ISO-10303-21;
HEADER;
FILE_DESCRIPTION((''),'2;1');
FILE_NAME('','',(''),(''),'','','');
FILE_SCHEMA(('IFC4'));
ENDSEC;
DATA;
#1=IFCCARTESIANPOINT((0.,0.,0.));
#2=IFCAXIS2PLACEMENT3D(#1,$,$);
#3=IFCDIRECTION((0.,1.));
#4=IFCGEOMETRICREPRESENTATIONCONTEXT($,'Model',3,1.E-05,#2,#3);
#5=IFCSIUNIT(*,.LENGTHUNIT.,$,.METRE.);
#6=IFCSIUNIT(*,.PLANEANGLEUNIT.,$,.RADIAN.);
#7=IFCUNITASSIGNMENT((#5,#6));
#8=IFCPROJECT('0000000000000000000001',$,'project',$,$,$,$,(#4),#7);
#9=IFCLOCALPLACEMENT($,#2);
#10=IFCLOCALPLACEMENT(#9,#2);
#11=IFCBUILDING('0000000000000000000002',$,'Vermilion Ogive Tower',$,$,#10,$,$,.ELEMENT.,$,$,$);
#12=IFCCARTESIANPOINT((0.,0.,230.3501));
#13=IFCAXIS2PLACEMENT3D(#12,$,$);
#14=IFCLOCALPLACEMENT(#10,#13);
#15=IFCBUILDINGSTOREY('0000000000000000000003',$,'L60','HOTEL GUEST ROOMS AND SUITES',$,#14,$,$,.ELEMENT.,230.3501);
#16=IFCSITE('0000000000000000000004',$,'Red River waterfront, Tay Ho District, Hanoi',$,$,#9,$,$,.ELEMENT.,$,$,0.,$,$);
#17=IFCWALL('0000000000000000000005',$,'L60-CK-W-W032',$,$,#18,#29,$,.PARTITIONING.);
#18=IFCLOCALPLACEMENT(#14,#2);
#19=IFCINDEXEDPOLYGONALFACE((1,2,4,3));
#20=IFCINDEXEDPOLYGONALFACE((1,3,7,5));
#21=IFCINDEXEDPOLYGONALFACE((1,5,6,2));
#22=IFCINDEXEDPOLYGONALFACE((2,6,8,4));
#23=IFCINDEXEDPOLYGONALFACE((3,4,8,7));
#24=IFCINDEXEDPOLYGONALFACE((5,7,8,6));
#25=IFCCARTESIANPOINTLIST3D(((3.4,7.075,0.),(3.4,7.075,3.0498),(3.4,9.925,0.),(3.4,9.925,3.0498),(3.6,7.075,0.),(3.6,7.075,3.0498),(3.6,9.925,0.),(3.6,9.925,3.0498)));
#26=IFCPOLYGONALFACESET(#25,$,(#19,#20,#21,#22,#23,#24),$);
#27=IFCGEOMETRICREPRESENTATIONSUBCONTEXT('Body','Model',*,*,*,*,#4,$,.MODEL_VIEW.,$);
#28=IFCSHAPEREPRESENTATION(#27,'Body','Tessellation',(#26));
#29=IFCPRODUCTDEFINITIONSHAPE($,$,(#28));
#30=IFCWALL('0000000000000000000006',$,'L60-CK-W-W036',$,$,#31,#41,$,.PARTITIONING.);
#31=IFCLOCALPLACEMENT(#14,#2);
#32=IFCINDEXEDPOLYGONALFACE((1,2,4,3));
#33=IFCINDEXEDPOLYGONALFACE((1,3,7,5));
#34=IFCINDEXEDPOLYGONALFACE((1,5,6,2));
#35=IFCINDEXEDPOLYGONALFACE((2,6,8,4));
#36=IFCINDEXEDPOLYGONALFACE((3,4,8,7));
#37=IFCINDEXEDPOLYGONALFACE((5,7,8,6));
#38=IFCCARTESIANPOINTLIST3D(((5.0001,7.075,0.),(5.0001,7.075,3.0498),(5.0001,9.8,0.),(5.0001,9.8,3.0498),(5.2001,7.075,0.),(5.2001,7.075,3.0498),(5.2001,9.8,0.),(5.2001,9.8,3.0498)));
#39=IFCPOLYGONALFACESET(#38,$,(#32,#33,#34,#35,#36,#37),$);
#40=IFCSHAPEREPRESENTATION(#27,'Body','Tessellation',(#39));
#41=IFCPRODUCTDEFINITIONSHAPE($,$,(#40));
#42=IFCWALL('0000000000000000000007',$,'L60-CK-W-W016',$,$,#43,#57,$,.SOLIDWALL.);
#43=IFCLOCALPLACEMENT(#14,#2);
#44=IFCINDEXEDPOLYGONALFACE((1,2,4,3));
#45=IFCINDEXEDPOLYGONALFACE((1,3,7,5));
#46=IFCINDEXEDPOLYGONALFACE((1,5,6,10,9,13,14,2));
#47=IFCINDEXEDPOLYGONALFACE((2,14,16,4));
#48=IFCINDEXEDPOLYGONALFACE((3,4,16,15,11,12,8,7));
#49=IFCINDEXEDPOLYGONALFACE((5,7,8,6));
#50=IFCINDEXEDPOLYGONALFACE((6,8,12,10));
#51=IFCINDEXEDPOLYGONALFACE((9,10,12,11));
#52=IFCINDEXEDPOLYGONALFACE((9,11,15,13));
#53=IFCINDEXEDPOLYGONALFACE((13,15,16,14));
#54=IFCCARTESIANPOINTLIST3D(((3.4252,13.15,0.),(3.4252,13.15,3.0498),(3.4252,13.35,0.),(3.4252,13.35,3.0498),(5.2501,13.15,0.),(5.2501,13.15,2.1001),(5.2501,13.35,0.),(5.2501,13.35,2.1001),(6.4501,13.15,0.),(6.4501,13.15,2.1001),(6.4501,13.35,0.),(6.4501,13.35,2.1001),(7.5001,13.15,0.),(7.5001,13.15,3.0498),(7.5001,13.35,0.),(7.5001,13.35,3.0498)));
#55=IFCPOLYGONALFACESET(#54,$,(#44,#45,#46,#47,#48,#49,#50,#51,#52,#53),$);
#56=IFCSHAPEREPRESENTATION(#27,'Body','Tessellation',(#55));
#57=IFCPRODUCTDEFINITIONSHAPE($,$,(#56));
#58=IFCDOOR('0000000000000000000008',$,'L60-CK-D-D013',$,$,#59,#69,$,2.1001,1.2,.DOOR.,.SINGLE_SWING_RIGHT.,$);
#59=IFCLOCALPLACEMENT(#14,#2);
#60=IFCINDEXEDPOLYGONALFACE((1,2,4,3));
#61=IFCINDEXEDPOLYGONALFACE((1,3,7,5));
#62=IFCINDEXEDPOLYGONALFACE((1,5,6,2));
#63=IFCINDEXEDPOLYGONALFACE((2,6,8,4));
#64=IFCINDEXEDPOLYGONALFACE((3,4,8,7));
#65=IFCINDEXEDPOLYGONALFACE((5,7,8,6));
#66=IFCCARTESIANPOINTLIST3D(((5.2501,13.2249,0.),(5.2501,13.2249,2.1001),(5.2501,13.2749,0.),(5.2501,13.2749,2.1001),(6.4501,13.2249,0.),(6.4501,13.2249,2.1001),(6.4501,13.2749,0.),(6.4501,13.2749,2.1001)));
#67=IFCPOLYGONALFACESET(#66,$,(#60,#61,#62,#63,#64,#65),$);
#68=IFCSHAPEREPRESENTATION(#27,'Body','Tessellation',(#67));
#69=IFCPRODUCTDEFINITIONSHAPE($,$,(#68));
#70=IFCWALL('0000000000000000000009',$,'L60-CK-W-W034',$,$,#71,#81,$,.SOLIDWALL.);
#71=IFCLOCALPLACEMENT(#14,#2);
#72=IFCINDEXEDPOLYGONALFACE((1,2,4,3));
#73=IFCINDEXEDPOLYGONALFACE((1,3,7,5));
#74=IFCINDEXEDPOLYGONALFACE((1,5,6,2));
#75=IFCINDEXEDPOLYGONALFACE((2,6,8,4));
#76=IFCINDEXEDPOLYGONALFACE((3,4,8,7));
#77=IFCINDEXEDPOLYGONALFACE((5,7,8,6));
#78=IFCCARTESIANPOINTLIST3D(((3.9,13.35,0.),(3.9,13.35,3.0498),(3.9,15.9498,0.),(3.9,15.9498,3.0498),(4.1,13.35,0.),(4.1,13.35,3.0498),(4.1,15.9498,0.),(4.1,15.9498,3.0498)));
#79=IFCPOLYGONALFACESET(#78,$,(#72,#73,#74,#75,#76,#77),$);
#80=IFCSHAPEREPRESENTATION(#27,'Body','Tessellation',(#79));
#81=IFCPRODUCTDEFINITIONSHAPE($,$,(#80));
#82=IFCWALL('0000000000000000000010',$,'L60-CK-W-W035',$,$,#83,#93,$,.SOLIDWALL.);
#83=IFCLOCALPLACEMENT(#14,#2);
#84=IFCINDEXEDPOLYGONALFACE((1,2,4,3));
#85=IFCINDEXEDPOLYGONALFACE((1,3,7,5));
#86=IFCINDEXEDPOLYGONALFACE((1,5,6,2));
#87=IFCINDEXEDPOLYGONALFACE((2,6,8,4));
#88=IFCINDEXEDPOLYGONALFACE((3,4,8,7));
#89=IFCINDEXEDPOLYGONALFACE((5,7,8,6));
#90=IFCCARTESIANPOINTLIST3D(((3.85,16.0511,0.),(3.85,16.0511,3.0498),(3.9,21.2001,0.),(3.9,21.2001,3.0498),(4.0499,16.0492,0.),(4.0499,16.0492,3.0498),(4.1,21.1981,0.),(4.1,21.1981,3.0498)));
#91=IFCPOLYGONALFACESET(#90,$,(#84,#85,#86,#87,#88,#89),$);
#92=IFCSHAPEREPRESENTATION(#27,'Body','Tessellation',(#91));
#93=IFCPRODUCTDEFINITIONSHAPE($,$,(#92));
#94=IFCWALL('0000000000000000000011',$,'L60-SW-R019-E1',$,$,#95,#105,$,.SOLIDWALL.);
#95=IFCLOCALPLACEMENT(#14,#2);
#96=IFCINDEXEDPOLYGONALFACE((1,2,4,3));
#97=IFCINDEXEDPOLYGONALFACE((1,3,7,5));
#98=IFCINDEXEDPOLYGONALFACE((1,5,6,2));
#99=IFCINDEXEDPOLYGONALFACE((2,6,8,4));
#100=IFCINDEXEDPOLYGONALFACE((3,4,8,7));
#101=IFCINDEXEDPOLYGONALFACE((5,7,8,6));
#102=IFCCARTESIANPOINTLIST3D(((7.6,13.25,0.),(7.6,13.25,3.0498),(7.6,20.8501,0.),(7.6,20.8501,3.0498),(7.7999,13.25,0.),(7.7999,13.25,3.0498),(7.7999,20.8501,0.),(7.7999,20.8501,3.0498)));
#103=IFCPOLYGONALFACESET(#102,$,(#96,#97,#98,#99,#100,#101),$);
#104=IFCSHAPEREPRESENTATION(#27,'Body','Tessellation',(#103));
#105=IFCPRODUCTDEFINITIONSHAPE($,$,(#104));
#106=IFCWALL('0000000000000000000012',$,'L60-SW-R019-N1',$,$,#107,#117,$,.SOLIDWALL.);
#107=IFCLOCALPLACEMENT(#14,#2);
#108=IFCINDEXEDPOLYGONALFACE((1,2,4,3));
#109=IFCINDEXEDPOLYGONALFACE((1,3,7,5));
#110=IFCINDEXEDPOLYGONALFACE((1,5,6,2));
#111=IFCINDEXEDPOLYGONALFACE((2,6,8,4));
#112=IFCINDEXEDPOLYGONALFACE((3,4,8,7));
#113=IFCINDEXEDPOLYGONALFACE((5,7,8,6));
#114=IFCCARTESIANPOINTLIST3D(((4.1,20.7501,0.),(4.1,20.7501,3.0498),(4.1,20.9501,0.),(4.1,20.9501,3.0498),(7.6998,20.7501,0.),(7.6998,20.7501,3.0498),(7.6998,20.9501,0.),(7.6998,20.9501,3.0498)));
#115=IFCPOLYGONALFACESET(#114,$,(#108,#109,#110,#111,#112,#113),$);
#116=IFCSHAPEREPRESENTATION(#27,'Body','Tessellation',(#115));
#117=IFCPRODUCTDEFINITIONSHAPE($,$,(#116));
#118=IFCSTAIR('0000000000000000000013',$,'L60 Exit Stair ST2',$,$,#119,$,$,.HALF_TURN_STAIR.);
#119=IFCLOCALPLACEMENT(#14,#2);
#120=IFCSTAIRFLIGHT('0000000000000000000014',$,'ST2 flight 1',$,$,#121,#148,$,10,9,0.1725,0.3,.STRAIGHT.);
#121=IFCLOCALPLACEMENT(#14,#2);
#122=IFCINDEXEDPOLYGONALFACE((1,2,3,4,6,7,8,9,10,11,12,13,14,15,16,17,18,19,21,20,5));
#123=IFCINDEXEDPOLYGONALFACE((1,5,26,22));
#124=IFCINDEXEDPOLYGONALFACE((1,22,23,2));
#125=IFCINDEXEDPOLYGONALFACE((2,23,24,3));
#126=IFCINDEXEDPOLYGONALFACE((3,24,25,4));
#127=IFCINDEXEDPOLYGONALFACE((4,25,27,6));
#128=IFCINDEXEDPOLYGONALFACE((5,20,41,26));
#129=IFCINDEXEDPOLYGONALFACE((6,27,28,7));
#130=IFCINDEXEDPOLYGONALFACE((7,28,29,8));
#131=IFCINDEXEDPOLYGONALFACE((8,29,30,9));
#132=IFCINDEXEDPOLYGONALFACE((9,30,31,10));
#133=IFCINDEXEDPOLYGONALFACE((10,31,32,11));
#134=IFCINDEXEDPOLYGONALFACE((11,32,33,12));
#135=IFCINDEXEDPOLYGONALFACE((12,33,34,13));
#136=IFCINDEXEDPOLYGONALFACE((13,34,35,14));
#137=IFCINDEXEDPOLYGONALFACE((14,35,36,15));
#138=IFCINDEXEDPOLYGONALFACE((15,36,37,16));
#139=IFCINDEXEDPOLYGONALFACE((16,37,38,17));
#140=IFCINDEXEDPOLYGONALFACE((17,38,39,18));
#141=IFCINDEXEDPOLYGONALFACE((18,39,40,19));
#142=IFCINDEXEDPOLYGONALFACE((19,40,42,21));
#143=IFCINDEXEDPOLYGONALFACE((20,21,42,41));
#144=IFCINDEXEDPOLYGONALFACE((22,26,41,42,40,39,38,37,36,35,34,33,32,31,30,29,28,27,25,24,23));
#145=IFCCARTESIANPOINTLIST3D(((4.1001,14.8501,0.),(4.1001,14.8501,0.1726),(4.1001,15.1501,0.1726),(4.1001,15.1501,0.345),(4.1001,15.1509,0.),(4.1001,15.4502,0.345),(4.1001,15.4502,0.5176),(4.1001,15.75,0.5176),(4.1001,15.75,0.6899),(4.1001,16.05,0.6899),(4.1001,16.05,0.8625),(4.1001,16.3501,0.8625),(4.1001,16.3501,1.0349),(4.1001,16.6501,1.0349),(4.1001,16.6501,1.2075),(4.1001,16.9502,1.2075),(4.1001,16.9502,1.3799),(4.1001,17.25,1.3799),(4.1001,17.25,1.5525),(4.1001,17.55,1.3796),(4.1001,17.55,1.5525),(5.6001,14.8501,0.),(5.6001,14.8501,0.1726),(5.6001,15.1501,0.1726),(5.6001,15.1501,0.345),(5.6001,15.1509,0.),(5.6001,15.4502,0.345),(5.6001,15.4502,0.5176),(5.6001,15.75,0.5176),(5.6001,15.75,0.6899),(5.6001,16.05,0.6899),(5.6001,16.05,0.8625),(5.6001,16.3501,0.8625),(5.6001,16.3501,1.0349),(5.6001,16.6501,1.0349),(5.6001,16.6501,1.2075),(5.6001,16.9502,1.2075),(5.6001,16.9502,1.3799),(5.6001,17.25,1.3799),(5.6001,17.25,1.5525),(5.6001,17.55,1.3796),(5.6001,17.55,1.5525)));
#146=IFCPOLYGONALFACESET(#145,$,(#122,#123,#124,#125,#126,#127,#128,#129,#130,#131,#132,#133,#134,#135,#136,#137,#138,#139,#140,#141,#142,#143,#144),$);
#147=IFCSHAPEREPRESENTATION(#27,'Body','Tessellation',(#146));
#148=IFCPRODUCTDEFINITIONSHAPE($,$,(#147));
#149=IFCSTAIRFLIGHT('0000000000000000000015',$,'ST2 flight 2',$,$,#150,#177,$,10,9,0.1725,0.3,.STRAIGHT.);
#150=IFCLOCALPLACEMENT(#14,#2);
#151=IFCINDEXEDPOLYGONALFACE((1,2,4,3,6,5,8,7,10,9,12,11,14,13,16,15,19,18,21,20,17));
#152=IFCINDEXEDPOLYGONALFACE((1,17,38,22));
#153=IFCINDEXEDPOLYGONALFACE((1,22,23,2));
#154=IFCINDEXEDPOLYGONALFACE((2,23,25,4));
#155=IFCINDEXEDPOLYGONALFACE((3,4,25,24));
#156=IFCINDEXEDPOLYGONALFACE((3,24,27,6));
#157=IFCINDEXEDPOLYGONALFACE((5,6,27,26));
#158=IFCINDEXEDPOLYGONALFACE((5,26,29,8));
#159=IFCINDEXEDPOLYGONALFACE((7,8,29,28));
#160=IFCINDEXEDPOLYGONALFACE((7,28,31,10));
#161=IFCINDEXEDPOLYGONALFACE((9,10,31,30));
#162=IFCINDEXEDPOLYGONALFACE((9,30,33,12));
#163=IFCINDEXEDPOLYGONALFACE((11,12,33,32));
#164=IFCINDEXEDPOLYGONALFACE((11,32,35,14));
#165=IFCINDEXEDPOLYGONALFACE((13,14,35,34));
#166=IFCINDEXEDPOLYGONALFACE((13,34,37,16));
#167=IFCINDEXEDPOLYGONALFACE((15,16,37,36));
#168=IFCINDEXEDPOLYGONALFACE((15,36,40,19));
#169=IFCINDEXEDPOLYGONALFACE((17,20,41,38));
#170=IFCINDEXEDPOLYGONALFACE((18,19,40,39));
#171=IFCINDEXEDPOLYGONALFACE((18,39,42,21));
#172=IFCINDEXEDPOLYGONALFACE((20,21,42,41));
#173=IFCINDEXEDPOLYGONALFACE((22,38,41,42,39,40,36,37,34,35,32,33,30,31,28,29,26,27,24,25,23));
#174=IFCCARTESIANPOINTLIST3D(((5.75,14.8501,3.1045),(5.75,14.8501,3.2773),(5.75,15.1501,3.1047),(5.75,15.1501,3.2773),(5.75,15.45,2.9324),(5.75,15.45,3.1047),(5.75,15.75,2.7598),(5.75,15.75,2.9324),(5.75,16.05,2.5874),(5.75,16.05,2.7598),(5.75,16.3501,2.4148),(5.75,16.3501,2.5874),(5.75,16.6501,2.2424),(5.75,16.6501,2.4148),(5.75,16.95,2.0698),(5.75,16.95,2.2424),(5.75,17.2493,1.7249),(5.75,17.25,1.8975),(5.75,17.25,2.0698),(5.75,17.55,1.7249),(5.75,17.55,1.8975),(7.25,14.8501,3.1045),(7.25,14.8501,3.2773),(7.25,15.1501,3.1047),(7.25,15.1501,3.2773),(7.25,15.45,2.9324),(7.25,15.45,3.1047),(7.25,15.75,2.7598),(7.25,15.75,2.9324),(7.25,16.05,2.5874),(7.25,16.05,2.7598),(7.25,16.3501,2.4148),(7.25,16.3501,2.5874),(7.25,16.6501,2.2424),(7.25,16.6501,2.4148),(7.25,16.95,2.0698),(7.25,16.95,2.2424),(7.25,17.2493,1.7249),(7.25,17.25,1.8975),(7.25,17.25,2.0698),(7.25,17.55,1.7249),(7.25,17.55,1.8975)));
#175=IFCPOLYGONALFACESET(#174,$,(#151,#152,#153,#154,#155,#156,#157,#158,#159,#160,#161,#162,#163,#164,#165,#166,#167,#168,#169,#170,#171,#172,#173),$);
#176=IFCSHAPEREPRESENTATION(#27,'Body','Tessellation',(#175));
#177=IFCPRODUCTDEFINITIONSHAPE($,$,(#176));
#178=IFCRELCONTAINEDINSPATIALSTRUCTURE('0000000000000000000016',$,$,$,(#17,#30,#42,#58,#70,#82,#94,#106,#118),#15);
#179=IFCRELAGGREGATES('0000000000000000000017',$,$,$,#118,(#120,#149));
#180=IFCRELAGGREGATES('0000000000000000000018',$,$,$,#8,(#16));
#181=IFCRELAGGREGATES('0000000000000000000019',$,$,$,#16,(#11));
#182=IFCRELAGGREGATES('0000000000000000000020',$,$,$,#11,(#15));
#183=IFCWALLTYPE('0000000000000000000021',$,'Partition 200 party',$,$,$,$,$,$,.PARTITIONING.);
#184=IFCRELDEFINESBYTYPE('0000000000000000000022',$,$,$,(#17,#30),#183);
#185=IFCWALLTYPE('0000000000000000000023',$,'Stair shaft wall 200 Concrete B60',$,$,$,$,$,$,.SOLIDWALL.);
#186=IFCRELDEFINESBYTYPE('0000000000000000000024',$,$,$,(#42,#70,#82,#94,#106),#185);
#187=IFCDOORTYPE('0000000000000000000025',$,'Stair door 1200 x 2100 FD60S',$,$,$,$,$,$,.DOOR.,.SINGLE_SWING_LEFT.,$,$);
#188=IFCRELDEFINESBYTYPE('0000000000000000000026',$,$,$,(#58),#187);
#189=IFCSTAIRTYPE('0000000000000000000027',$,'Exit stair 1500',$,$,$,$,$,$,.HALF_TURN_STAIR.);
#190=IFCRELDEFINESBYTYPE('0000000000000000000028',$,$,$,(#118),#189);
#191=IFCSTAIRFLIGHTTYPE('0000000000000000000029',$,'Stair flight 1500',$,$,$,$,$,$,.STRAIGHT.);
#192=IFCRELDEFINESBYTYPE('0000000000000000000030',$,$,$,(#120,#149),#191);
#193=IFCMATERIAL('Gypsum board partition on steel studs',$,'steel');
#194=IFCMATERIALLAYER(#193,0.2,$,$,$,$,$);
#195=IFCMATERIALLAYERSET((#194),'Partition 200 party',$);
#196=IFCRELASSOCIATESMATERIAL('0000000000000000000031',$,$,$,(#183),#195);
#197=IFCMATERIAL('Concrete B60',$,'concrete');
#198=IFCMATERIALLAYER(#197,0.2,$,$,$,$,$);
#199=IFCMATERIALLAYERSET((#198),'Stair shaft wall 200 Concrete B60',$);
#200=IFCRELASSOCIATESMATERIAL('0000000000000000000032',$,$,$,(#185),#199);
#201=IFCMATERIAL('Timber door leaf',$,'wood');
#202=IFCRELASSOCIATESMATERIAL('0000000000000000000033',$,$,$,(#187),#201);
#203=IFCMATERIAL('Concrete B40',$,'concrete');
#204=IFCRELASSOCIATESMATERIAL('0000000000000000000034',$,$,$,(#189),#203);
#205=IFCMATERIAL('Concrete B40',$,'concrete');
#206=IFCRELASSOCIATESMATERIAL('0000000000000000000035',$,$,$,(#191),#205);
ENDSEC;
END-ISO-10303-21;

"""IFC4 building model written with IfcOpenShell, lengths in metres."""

from ifc_helpers import new_model, si_unit, direction, frame, frame_2d, origin, place, context, subcontext, project, spatial, polyline, rectangle, outline, extrude, material, layer, layer_set, type_object, element, fill, aggregate, save


model = new_model("IFC4")

# Units and contexts
model_context = context("Model", 3, precision=1e-05, world=origin(), true_north=direction((0.0, 1.0)))
body_context = subcontext(model_context, "Body", "Model", "MODEL_VIEW")
ifc_project = project(units=[si_unit("LENGTHUNIT", "METRE"), si_unit("PLANEANGLEUNIT", "RADIAN")], contexts=[model_context])

# Site, building, storey
site_placement = place(None, origin())
site = spatial("IfcSite", under=ifc_project, at=site_placement, Name="Red River waterfront, Tay Ho District, Hanoi", CompositionType="ELEMENT", RefElevation=0.0)
building_placement = place(site_placement, origin())
building = spatial("IfcBuilding", under=site, at=building_placement, Name="Vermilion Ogive Tower", CompositionType="ELEMENT")
storey_placement = place(building_placement, frame((0.0, 0.0, 230.3501)))
storey = spatial("IfcBuildingStorey", under=building, at=storey_placement, Name="L60", Description="HOTEL GUEST ROOMS AND SUITES", CompositionType="ELEMENT", Elevation=230.3501)

# Shared definitions
ifc_material_1 = material(Name="Gypsum board partition on steel studs", Category="steel")
ifc_layer_1 = layer(ifc_material_1, 0.2)
ifc_layer_set_1 = layer_set([ifc_layer_1], Name="Partition 200 party")
wall_type_1 = type_object("IfcWallType", Name="Partition 200 party", PredefinedType="PARTITIONING", material=ifc_layer_set_1)

# Walls
wall_1_placement = place(storey_placement, frame((3.5, 7.075, 0.0), z_axis=(0.0, 0.0, 1.0), x_axis=(0.0, 1.0, 0.0)))
element("IfcWall", 1, at=wall_1_placement, inside=storey, type_object=wall_type_1, Name="L60-CK-W-W032", PredefinedType="PARTITIONING", context=body_context, shape_type="SweptSolid", body=[
    extrude(rectangle(XDim=2.8501, YDim=0.2, at=frame_2d((1.425, 0.0))), origin(), (0.0, 0.0, 1.0), 3.0498),
])
wall_2_placement = place(storey_placement, frame((5.1001, 7.075, 0.0), z_axis=(0.0, 0.0, 1.0), x_axis=(0.0, 1.0, 0.0)))
element("IfcWall", 2, at=wall_2_placement, inside=storey, type_object=wall_type_1, Name="L60-CK-W-W036", PredefinedType="PARTITIONING", context=body_context, shape_type="SweptSolid", body=[
    extrude(rectangle(XDim=2.7251, YDim=0.2, at=frame_2d((1.3625, 0.0))), origin(), (0.0, 0.0, 1.0), 3.0498),
])

# Wall, opening, door
ifc_material_2 = material(Name="Concrete B60", Category="concrete")
ifc_layer_2 = layer(ifc_material_2, 0.2)
ifc_layer_set_2 = layer_set([ifc_layer_2], Name="Stair shaft wall 200 Concrete B60")
wall_type_2 = type_object("IfcWallType", Name="Stair shaft wall 200 Concrete B60", PredefinedType="SOLIDWALL", material=ifc_layer_set_2)
wall_3_placement = place(storey_placement, frame((3.425, 13.25, 0.0), z_axis=(0.0, 0.0, 1.0), x_axis=(1.0, 0.0, 0.0)))
wall_3 = element("IfcWall", 3, at=wall_3_placement, inside=storey, type_object=wall_type_2, Name="L60-CK-W-W016", PredefinedType="SOLIDWALL", context=body_context, shape_type="SweptSolid", body=[
    extrude(rectangle(XDim=4.075, YDim=0.2, at=frame_2d((2.0376, 0.0))), origin(), (0.0, 0.0, 1.0), 3.0498),
])
opening_1_placement = place(wall_3_placement, frame((1.825, 0.0, 0.0)))
opening_1 = element("IfcOpeningElement", 4, at=opening_1_placement, cuts=wall_3, PredefinedType="OPENING", context=body_context, shape_type="SweptSolid", body=[
    extrude(rectangle(XDim=1.2, YDim=2.1001, at=frame_2d((0.6001, 1.05))), frame((0.0, 0.1099, 0.0), z_axis=(0.0, -1.0, 0.0), x_axis=(1.0, 0.0, 0.0)), (0.0, 0.0, 1.0), 0.22),
])
ifc_material_3 = material(Name="Timber door leaf", Category="wood")
door_type_1 = type_object("IfcDoorType", Name="Stair door 1200 x 2100 FD60S", OperationType="SINGLE_SWING_LEFT", PredefinedType="DOOR", material=ifc_material_3)
door_1_placement = place(opening_1_placement, origin())
door_1 = element("IfcDoor", 5, at=door_1_placement, inside=storey, type_object=door_type_1, Name="L60-CK-D-D013", OperationType="SINGLE_SWING_RIGHT", OverallHeight=2.1001, OverallWidth=1.2, PredefinedType="DOOR", context=body_context, shape_type="SweptSolid", body=[
    extrude(rectangle(XDim=1.2, YDim=2.1001, at=frame_2d((0.6001, 1.05))), frame((0.0, 0.0249, 0.0), z_axis=(0.0, -1.0, 0.0), x_axis=(1.0, 0.0, 0.0)), (0.0, 0.0, 1.0), 0.05),
])
fill(opening_1, door_1)

# Walls
wall_4_placement = place(storey_placement, frame((4.0, 13.3501, 0.0), z_axis=(0.0, 0.0, 1.0), x_axis=(0.0, 1.0, 0.0)))
element("IfcWall", 6, at=wall_4_placement, inside=storey, type_object=wall_type_2, Name="L60-CK-W-W034", PredefinedType="SOLIDWALL", context=body_context, shape_type="SweptSolid", body=[
    extrude(rectangle(XDim=2.5999, YDim=0.2, at=frame_2d((1.2998, 0.0))), origin(), (0.0, 0.0, 1.0), 3.0498),
])
wall_5_placement = place(storey_placement, frame((3.95, 16.05, 0.0), z_axis=(0.0, 0.0, 1.0), x_axis=(0.00972, 0.999953, 0.0)))
element("IfcWall", 7, at=wall_5_placement, inside=storey, type_object=wall_type_2, Name="L60-CK-W-W035", PredefinedType="SOLIDWALL", context=body_context, shape_type="SweptSolid", body=[
    extrude(rectangle(XDim=5.1492, YDim=0.2, at=frame_2d((2.5747, 0.0))), origin(), (0.0, 0.0, 1.0), 3.0498),
])
wall_6_placement = place(storey_placement, frame((7.7, 13.25, 0.0), z_axis=(0.0, 0.0, 1.0), x_axis=(0.0, 1.0, 0.0)))
element("IfcWall", 8, at=wall_6_placement, inside=storey, type_object=wall_type_2, Name="L60-SW-R019-E1", PredefinedType="SOLIDWALL", context=body_context, shape_type="SweptSolid", body=[
    extrude(rectangle(XDim=7.6001, YDim=0.2, at=frame_2d((3.8, 0.0))), origin(), (0.0, 0.0, 1.0), 3.0498),
])
wall_7_placement = place(storey_placement, frame((4.1001, 20.8501, 0.0), z_axis=(0.0, 0.0, 1.0), x_axis=(1.0, 0.0, 0.0)))
element("IfcWall", 9, at=wall_7_placement, inside=storey, type_object=wall_type_2, Name="L60-SW-R019-N1", PredefinedType="SOLIDWALL", context=body_context, shape_type="SweptSolid", body=[
    extrude(rectangle(XDim=3.5999, YDim=0.2, at=frame_2d((1.7998, 0.0))), origin(), (0.0, 0.0, 1.0), 3.0498),
])

# Stair, stair flights
ifc_material_4 = material(Name="Concrete B40", Category="concrete")
stair_type = type_object("IfcStairType", Name="Exit stair 1500", PredefinedType="HALF_TURN_STAIR", material=ifc_material_4)
stair_placement = place(storey_placement, origin())
stair = element("IfcStair", 10, at=stair_placement, inside=storey, type_object=stair_type, Name="L60 Exit Stair ST2", PredefinedType="HALF_TURN_STAIR")
ifc_material_5 = material(Name="Concrete B40", Category="concrete")
stair_flight_type = type_object("IfcStairFlightType", Name="Stair flight 1500", PredefinedType="STRAIGHT", material=ifc_material_5)
stair_flight_1_placement = place(storey_placement, frame((4.8501, 14.8501, 0.0), z_axis=(0.0, 0.0, 1.0), x_axis=(0.0, 1.0, 0.0)))
stair_flight_1 = element("IfcStairFlight", 11, at=stair_flight_1_placement, type_object=stair_flight_type, Name="ST2 flight 1", NumberOfRisers=10, NumberOfTreads=9, PredefinedType="STRAIGHT", RiserHeight=0.1725, TreadLength=0.3, context=body_context, shape_type="SweptSolid", body=[
    extrude(outline(polyline([(0.0, 0.0), (0.0, 0.1726), (0.3, 0.1726), (0.3, 0.345), (0.6001, 0.345), (0.6001, 0.5176), (0.8999, 0.5176), (0.8999, 0.6899), (1.2, 0.6899), (1.2, 0.8625), (1.5, 0.8625), (1.5, 1.0349), (1.8, 1.0349), (1.8, 1.2075), (2.1001, 1.2075), (2.1001, 1.3799), (2.3999, 1.3799), (2.3999, 1.5525), (2.7, 1.5525), (2.7, 1.7251), (2.7, 1.3796), (0.3008, 0.0), (0.0, 0.0)])), frame((0.0, 0.75, 0.0), z_axis=(0.0, -1.0, 0.0), x_axis=(1.0, 0.0, 0.0)), (0.0, 0.0, 1.0), 1.5),
])
stair_flight_2_placement = place(storey_placement, frame((6.5, 17.55, 1.7249), z_axis=(0.0, 0.0, 1.0), x_axis=(0.0, -1.0, 0.0)))
stair_flight_2 = element("IfcStairFlight", 12, at=stair_flight_2_placement, type_object=stair_flight_type, Name="ST2 flight 2", NumberOfRisers=10, NumberOfTreads=9, PredefinedType="STRAIGHT", RiserHeight=0.1725, TreadLength=0.3, context=body_context, shape_type="SweptSolid", body=[
    extrude(outline(polyline([(0.0, 0.0), (0.0, 0.1726), (0.3, 0.1726), (0.3, 0.345), (0.6001, 0.345), (0.6001, 0.5176), (0.8999, 0.5176), (0.8999, 0.6899), (1.2, 0.6899), (1.2, 0.8625), (1.5, 0.8625), (1.5, 1.0349), (1.8, 1.0349), (1.8, 1.2075), (2.1001, 1.2075), (2.1001, 1.3799), (2.3999, 1.3799), (2.3999, 1.5525), (2.7, 1.5525), (2.7, 1.7251), (2.7, 1.3796), (0.3008, 0.0), (0.0, 0.0)])), frame((0.0, 0.75, 0.0), z_axis=(0.0, -1.0, 0.0), x_axis=(1.0, 0.0, 0.0)), (0.0, 0.0, 1.0), 1.5),
])
aggregate(stair, [stair_flight_1, stair_flight_2])

save(model, "model.ifc")
